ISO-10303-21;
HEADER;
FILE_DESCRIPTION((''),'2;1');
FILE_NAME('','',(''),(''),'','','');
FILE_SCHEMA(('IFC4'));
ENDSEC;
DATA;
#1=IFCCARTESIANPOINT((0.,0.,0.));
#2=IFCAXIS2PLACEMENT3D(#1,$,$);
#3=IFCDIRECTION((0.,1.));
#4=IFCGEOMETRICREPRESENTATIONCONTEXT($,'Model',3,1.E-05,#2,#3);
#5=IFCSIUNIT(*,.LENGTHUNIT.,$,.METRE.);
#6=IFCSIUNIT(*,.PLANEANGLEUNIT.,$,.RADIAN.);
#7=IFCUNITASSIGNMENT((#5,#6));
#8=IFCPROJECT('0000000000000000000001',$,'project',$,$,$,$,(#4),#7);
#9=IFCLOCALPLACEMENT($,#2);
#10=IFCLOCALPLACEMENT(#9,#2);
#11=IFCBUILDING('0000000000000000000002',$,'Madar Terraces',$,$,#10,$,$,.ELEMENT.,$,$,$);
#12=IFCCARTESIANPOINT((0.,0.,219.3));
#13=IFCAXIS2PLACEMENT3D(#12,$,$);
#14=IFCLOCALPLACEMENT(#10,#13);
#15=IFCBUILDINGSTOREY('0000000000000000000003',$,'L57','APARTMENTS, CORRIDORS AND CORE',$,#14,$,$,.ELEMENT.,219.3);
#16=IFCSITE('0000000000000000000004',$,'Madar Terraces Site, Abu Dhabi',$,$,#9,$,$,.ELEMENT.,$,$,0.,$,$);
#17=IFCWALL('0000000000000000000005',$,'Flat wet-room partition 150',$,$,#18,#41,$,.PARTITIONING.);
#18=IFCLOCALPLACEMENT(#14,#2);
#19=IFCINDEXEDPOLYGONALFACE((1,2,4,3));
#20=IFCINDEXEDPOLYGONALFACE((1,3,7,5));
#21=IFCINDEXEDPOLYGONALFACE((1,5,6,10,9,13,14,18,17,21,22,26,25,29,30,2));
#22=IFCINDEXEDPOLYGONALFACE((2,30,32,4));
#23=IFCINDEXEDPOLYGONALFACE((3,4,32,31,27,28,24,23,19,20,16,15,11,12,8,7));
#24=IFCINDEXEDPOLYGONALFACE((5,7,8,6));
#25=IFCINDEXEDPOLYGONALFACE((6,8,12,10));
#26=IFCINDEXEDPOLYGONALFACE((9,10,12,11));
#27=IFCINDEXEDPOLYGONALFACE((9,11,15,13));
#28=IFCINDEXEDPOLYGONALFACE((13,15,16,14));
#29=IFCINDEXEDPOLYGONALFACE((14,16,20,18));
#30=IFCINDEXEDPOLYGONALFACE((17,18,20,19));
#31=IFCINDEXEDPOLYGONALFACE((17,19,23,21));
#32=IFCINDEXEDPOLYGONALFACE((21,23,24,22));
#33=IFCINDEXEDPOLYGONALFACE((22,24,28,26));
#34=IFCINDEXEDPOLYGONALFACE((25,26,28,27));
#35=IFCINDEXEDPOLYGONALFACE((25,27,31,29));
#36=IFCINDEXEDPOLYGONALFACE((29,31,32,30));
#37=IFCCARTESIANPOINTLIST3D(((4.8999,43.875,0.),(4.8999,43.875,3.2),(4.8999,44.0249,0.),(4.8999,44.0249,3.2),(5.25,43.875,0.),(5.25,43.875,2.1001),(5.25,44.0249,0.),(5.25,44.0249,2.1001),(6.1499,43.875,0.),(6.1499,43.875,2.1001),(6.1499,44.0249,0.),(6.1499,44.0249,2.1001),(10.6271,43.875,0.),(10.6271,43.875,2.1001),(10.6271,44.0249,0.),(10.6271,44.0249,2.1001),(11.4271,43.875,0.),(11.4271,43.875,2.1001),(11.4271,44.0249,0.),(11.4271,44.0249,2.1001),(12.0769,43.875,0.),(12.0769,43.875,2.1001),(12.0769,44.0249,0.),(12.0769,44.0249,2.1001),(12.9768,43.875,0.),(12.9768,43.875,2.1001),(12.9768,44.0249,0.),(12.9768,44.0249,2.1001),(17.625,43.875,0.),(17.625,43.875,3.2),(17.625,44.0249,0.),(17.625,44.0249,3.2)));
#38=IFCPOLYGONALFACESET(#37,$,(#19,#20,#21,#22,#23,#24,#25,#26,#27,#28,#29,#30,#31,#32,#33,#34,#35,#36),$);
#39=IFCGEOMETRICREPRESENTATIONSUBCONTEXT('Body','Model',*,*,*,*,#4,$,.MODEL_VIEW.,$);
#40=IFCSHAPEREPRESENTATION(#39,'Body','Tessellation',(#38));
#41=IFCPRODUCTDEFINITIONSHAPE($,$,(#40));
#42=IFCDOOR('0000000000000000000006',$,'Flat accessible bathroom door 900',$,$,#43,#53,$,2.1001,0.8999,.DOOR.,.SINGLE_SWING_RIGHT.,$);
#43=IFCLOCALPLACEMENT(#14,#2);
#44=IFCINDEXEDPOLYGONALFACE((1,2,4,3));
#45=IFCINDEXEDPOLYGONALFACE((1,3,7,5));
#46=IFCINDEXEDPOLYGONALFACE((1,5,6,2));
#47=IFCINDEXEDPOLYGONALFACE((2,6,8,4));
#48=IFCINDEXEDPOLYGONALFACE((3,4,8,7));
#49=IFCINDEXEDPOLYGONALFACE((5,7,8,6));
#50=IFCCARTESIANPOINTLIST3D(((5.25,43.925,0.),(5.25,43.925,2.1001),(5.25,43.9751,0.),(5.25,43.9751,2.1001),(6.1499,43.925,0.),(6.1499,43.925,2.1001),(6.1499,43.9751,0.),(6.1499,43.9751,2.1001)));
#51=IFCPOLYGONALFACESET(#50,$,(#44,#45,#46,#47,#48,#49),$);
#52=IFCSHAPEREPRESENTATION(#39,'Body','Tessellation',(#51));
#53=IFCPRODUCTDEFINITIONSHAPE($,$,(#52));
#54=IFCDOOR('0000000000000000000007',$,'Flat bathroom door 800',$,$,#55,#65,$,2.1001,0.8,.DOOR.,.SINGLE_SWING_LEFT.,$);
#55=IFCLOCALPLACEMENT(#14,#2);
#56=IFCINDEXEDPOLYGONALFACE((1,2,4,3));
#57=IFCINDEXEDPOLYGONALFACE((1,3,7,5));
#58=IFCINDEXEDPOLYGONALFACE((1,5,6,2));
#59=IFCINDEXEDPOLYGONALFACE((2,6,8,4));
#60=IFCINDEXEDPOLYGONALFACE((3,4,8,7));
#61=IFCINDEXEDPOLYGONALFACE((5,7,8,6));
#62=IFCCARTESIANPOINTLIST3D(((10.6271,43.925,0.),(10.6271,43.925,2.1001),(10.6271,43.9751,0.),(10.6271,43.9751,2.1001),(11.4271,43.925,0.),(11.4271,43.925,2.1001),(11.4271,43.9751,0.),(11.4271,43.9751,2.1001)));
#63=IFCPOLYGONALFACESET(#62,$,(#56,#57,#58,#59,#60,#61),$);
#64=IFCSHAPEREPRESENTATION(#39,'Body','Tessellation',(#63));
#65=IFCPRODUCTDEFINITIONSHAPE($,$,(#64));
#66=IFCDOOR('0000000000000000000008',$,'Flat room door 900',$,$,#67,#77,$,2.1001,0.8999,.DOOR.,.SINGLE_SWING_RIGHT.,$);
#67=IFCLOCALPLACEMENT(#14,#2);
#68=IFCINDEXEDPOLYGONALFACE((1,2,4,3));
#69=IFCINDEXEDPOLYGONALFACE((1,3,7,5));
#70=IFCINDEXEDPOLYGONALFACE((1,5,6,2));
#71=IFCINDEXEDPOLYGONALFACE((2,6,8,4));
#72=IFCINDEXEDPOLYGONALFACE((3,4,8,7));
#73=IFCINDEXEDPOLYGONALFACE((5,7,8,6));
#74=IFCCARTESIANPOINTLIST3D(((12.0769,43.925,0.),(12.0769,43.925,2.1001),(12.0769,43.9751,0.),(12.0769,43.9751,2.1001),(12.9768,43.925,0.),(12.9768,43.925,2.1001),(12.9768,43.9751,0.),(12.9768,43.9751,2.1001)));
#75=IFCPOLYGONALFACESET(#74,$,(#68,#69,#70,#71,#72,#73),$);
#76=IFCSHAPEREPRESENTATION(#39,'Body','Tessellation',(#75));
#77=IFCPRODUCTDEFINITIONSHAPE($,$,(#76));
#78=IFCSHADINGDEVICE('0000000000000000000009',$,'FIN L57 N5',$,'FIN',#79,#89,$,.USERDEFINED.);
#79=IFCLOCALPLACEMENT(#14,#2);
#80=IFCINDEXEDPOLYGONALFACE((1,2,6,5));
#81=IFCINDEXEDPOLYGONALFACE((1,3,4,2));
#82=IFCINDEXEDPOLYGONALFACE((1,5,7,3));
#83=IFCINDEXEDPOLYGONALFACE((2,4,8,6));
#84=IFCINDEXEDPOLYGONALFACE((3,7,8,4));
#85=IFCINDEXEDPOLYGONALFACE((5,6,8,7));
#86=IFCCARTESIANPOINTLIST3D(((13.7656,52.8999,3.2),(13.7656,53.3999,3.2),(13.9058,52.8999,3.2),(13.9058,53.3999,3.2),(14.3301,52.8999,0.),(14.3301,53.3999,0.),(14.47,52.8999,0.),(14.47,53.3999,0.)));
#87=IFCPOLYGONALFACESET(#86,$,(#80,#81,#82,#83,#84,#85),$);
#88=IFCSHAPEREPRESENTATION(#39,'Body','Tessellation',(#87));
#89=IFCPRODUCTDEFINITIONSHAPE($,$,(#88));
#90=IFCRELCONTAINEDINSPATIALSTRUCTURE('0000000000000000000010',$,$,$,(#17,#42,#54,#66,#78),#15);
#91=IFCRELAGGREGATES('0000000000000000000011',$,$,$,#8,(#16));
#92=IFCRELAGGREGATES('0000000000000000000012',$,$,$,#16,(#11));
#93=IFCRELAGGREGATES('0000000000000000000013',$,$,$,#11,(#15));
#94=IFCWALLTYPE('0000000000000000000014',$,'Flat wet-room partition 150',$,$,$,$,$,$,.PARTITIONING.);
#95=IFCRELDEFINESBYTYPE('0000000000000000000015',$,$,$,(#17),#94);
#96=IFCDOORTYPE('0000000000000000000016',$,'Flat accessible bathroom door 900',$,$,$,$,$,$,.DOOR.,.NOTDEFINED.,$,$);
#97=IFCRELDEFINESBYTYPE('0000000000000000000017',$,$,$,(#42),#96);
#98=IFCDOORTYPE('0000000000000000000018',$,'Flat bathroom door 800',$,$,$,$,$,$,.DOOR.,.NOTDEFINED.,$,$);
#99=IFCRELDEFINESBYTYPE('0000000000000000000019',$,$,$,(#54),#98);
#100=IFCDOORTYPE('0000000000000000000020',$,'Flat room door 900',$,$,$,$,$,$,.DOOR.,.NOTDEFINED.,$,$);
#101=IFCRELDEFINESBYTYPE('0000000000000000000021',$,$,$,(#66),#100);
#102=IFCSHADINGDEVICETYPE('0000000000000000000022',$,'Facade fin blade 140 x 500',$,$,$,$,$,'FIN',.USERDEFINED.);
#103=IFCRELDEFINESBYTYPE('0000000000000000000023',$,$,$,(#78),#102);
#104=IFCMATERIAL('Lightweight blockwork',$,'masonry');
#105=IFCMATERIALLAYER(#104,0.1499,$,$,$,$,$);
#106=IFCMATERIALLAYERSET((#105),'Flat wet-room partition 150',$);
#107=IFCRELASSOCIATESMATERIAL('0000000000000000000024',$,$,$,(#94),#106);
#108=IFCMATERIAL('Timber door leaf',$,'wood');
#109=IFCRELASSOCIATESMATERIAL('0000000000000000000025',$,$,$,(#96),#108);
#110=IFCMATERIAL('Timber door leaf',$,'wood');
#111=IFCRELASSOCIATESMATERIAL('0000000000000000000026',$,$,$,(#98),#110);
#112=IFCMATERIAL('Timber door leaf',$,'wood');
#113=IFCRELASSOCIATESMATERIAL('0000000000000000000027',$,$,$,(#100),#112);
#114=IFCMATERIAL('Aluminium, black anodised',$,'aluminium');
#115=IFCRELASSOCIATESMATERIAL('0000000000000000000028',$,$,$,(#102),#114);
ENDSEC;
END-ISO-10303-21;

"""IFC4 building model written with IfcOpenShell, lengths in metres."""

from ifc_helpers import new_model, si_unit, direction, frame, frame_2d, origin, place, context, subcontext, project, spatial, polyline, rectangle, outline, extrude, material, layer, layer_set, type_object, element, fill, save


model = new_model("IFC4")

# Units and contexts
model_context = context("Model", 3, precision=1e-05, world=origin(), true_north=direction((0.0, 1.0)))
body_context = subcontext(model_context, "Body", "Model", "MODEL_VIEW")
ifc_project = project(units=[si_unit("LENGTHUNIT", "METRE"), si_unit("PLANEANGLEUNIT", "RADIAN")], contexts=[model_context])

# Site, building, storey
site_placement = place(None, origin())
site = spatial("IfcSite", under=ifc_project, at=site_placement, Name="Madar Terraces Site, Abu Dhabi", CompositionType="ELEMENT", RefElevation=0.0)
building_placement = place(site_placement, origin())
building = spatial("IfcBuilding", under=site, at=building_placement, Name="Madar Terraces", CompositionType="ELEMENT")
storey_placement = place(building_placement, frame((0.0, 0.0, 219.3)))
storey = spatial("IfcBuildingStorey", under=building, at=storey_placement, Name="L57", Description="APARTMENTS, CORRIDORS AND CORE", CompositionType="ELEMENT", Elevation=219.3)

# Wall, openings, doors
ifc_material_1 = material(Name="Lightweight blockwork", Category="masonry")
ifc_layer_1 = layer(ifc_material_1, 0.1499)
ifc_layer_set_1 = layer_set([ifc_layer_1], Name="Flat wet-room partition 150")
wall_type_1 = type_object("IfcWallType", Name="Flat wet-room partition 150", PredefinedType="PARTITIONING", material=ifc_layer_set_1)
wall_1_placement = place(storey_placement, frame((17.625, 43.95, 0.0), z_axis=(0.0, 0.0, 1.0), x_axis=(-1.0, 0.0, 0.0)))
wall_1 = element("IfcWall", 1, at=wall_1_placement, inside=storey, type_object=wall_type_1, Name="Flat wet-room partition 150", PredefinedType="PARTITIONING", context=body_context, shape_type="SweptSolid", body=[
    extrude(rectangle(XDim=12.7251, YDim=0.1499, at=frame_2d((6.3625, 0.0))), origin(), (0.0, 0.0, 1.0), 3.2),
])
opening_1_placement = place(wall_1_placement, frame((4.6482, 0.0, 0.0)))
opening_1 = element("IfcOpeningElement", 2, at=opening_1_placement, cuts=wall_1, PredefinedType="OPENING", context=body_context, shape_type="SweptSolid", body=[
    extrude(rectangle(XDim=0.8999, YDim=2.1001, at=frame_2d((0.45, 1.05))), frame((0.0, 0.085, 0.0), z_axis=(0.0, -1.0, 0.0), x_axis=(1.0, 0.0, 0.0)), (0.0, 0.0, 1.0), 0.1699),
])
opening_2_placement = place(wall_1_placement, frame((6.198, 0.0, 0.0)))
opening_2 = element("IfcOpeningElement", 3, at=opening_2_placement, cuts=wall_1, PredefinedType="OPENING", context=body_context, shape_type="SweptSolid", body=[
    extrude(rectangle(XDim=0.8, YDim=2.1001, at=frame_2d((0.3999, 1.05))), frame((0.0, 0.085, 0.0), z_axis=(0.0, -1.0, 0.0), x_axis=(1.0, 0.0, 0.0)), (0.0, 0.0, 1.0), 0.1699),
])
opening_3_placement = place(wall_1_placement, frame((11.4751, 0.0, 0.0)))
opening_3 = element("IfcOpeningElement", 4, at=opening_3_placement, cuts=wall_1, PredefinedType="OPENING", context=body_context, shape_type="SweptSolid", body=[
    extrude(rectangle(XDim=0.8999, YDim=2.1001, at=frame_2d((0.45, 1.05))), frame((0.0, 0.085, 0.0), z_axis=(0.0, -1.0, 0.0), x_axis=(1.0, 0.0, 0.0)), (0.0, 0.0, 1.0), 0.1699),
])
ifc_material_2 = material(Name="Timber door leaf", Category="wood")
door_type_1 = type_object("IfcDoorType", Name="Flat accessible bathroom door 900", OperationType="NOTDEFINED", PredefinedType="DOOR", material=ifc_material_2)
door_1_placement = place(opening_3_placement, origin())
door_1 = element("IfcDoor", 5, at=door_1_placement, inside=storey, type_object=door_type_1, Name="Flat accessible bathroom door 900", OperationType="SINGLE_SWING_RIGHT", OverallHeight=2.1001, OverallWidth=0.8999, PredefinedType="DOOR", context=body_context, shape_type="SweptSolid", body=[
    extrude(rectangle(XDim=0.8999, YDim=2.1001, at=frame_2d((0.45, 1.05))), frame((0.0, 0.0249, 0.0), z_axis=(0.0, -1.0, 0.0), x_axis=(1.0, 0.0, 0.0)), (0.0, 0.0, 1.0), 0.05),
])
fill(opening_3, door_1)
ifc_material_3 = material(Name="Timber door leaf", Category="wood")
door_type_2 = type_object("IfcDoorType", Name="Flat bathroom door 800", OperationType="NOTDEFINED", PredefinedType="DOOR", material=ifc_material_3)
door_2_placement = place(opening_2_placement, origin())
door_2 = element("IfcDoor", 6, at=door_2_placement, inside=storey, type_object=door_type_2, Name="Flat bathroom door 800", OperationType="SINGLE_SWING_LEFT", OverallHeight=2.1001, OverallWidth=0.8, PredefinedType="DOOR", context=body_context, shape_type="SweptSolid", body=[
    extrude(rectangle(XDim=0.8, YDim=2.1001, at=frame_2d((0.3999, 1.05))), frame((0.0, 0.0249, 0.0), z_axis=(0.0, -1.0, 0.0), x_axis=(1.0, 0.0, 0.0)), (0.0, 0.0, 1.0), 0.05),
])
fill(opening_2, door_2)
ifc_material_4 = material(Name="Timber door leaf", Category="wood")
door_type_3 = type_object("IfcDoorType", Name="Flat room door 900", OperationType="NOTDEFINED", PredefinedType="DOOR", material=ifc_material_4)
door_3_placement = place(opening_1_placement, origin())
door_3 = element("IfcDoor", 7, at=door_3_placement, inside=storey, type_object=door_type_3, Name="Flat room door 900", OperationType="SINGLE_SWING_RIGHT", OverallHeight=2.1001, OverallWidth=0.8999, PredefinedType="DOOR", context=body_context, shape_type="SweptSolid", body=[
    extrude(rectangle(XDim=0.8999, YDim=2.1001, at=frame_2d((0.45, 1.05))), frame((0.0, 0.0249, 0.0), z_axis=(0.0, -1.0, 0.0), x_axis=(1.0, 0.0, 0.0)), (0.0, 0.0, 1.0), 0.05),
])
fill(opening_1, door_3)

# Shading device
ifc_material_5 = material(Name="Aluminium, black anodised", Category="aluminium")
shading_device_type = type_object("IfcShadingDeviceType", Name="Facade fin blade 140 x 500", ElementType="FIN", PredefinedType="USERDEFINED", material=ifc_material_5)
shading_device_placement = place(storey_placement, frame((14.47, 53.1499, 0.0), z_axis=(0.0, 0.0, 1.0), x_axis=(-1.0, 0.0, 0.0)))
element("IfcShadingDevice", 8, at=shading_device_placement, inside=storey, type_object=shading_device_type, Name="FIN L57 N5", ObjectType="FIN", PredefinedType="USERDEFINED", context=body_context, shape_type="SweptSolid", body=[
    extrude(outline(polyline([(0.0, 0.0), (0.1399, 0.0), (0.7043, 3.2), (0.5642, 3.2), (0.0, 0.0)])), frame((0.0, 0.25, 0.0), z_axis=(0.0, -1.0, 0.0), x_axis=(1.0, 0.0, 0.0)), (0.0, 0.0, 1.0), 0.5),
])

save(model, "model.ifc")
